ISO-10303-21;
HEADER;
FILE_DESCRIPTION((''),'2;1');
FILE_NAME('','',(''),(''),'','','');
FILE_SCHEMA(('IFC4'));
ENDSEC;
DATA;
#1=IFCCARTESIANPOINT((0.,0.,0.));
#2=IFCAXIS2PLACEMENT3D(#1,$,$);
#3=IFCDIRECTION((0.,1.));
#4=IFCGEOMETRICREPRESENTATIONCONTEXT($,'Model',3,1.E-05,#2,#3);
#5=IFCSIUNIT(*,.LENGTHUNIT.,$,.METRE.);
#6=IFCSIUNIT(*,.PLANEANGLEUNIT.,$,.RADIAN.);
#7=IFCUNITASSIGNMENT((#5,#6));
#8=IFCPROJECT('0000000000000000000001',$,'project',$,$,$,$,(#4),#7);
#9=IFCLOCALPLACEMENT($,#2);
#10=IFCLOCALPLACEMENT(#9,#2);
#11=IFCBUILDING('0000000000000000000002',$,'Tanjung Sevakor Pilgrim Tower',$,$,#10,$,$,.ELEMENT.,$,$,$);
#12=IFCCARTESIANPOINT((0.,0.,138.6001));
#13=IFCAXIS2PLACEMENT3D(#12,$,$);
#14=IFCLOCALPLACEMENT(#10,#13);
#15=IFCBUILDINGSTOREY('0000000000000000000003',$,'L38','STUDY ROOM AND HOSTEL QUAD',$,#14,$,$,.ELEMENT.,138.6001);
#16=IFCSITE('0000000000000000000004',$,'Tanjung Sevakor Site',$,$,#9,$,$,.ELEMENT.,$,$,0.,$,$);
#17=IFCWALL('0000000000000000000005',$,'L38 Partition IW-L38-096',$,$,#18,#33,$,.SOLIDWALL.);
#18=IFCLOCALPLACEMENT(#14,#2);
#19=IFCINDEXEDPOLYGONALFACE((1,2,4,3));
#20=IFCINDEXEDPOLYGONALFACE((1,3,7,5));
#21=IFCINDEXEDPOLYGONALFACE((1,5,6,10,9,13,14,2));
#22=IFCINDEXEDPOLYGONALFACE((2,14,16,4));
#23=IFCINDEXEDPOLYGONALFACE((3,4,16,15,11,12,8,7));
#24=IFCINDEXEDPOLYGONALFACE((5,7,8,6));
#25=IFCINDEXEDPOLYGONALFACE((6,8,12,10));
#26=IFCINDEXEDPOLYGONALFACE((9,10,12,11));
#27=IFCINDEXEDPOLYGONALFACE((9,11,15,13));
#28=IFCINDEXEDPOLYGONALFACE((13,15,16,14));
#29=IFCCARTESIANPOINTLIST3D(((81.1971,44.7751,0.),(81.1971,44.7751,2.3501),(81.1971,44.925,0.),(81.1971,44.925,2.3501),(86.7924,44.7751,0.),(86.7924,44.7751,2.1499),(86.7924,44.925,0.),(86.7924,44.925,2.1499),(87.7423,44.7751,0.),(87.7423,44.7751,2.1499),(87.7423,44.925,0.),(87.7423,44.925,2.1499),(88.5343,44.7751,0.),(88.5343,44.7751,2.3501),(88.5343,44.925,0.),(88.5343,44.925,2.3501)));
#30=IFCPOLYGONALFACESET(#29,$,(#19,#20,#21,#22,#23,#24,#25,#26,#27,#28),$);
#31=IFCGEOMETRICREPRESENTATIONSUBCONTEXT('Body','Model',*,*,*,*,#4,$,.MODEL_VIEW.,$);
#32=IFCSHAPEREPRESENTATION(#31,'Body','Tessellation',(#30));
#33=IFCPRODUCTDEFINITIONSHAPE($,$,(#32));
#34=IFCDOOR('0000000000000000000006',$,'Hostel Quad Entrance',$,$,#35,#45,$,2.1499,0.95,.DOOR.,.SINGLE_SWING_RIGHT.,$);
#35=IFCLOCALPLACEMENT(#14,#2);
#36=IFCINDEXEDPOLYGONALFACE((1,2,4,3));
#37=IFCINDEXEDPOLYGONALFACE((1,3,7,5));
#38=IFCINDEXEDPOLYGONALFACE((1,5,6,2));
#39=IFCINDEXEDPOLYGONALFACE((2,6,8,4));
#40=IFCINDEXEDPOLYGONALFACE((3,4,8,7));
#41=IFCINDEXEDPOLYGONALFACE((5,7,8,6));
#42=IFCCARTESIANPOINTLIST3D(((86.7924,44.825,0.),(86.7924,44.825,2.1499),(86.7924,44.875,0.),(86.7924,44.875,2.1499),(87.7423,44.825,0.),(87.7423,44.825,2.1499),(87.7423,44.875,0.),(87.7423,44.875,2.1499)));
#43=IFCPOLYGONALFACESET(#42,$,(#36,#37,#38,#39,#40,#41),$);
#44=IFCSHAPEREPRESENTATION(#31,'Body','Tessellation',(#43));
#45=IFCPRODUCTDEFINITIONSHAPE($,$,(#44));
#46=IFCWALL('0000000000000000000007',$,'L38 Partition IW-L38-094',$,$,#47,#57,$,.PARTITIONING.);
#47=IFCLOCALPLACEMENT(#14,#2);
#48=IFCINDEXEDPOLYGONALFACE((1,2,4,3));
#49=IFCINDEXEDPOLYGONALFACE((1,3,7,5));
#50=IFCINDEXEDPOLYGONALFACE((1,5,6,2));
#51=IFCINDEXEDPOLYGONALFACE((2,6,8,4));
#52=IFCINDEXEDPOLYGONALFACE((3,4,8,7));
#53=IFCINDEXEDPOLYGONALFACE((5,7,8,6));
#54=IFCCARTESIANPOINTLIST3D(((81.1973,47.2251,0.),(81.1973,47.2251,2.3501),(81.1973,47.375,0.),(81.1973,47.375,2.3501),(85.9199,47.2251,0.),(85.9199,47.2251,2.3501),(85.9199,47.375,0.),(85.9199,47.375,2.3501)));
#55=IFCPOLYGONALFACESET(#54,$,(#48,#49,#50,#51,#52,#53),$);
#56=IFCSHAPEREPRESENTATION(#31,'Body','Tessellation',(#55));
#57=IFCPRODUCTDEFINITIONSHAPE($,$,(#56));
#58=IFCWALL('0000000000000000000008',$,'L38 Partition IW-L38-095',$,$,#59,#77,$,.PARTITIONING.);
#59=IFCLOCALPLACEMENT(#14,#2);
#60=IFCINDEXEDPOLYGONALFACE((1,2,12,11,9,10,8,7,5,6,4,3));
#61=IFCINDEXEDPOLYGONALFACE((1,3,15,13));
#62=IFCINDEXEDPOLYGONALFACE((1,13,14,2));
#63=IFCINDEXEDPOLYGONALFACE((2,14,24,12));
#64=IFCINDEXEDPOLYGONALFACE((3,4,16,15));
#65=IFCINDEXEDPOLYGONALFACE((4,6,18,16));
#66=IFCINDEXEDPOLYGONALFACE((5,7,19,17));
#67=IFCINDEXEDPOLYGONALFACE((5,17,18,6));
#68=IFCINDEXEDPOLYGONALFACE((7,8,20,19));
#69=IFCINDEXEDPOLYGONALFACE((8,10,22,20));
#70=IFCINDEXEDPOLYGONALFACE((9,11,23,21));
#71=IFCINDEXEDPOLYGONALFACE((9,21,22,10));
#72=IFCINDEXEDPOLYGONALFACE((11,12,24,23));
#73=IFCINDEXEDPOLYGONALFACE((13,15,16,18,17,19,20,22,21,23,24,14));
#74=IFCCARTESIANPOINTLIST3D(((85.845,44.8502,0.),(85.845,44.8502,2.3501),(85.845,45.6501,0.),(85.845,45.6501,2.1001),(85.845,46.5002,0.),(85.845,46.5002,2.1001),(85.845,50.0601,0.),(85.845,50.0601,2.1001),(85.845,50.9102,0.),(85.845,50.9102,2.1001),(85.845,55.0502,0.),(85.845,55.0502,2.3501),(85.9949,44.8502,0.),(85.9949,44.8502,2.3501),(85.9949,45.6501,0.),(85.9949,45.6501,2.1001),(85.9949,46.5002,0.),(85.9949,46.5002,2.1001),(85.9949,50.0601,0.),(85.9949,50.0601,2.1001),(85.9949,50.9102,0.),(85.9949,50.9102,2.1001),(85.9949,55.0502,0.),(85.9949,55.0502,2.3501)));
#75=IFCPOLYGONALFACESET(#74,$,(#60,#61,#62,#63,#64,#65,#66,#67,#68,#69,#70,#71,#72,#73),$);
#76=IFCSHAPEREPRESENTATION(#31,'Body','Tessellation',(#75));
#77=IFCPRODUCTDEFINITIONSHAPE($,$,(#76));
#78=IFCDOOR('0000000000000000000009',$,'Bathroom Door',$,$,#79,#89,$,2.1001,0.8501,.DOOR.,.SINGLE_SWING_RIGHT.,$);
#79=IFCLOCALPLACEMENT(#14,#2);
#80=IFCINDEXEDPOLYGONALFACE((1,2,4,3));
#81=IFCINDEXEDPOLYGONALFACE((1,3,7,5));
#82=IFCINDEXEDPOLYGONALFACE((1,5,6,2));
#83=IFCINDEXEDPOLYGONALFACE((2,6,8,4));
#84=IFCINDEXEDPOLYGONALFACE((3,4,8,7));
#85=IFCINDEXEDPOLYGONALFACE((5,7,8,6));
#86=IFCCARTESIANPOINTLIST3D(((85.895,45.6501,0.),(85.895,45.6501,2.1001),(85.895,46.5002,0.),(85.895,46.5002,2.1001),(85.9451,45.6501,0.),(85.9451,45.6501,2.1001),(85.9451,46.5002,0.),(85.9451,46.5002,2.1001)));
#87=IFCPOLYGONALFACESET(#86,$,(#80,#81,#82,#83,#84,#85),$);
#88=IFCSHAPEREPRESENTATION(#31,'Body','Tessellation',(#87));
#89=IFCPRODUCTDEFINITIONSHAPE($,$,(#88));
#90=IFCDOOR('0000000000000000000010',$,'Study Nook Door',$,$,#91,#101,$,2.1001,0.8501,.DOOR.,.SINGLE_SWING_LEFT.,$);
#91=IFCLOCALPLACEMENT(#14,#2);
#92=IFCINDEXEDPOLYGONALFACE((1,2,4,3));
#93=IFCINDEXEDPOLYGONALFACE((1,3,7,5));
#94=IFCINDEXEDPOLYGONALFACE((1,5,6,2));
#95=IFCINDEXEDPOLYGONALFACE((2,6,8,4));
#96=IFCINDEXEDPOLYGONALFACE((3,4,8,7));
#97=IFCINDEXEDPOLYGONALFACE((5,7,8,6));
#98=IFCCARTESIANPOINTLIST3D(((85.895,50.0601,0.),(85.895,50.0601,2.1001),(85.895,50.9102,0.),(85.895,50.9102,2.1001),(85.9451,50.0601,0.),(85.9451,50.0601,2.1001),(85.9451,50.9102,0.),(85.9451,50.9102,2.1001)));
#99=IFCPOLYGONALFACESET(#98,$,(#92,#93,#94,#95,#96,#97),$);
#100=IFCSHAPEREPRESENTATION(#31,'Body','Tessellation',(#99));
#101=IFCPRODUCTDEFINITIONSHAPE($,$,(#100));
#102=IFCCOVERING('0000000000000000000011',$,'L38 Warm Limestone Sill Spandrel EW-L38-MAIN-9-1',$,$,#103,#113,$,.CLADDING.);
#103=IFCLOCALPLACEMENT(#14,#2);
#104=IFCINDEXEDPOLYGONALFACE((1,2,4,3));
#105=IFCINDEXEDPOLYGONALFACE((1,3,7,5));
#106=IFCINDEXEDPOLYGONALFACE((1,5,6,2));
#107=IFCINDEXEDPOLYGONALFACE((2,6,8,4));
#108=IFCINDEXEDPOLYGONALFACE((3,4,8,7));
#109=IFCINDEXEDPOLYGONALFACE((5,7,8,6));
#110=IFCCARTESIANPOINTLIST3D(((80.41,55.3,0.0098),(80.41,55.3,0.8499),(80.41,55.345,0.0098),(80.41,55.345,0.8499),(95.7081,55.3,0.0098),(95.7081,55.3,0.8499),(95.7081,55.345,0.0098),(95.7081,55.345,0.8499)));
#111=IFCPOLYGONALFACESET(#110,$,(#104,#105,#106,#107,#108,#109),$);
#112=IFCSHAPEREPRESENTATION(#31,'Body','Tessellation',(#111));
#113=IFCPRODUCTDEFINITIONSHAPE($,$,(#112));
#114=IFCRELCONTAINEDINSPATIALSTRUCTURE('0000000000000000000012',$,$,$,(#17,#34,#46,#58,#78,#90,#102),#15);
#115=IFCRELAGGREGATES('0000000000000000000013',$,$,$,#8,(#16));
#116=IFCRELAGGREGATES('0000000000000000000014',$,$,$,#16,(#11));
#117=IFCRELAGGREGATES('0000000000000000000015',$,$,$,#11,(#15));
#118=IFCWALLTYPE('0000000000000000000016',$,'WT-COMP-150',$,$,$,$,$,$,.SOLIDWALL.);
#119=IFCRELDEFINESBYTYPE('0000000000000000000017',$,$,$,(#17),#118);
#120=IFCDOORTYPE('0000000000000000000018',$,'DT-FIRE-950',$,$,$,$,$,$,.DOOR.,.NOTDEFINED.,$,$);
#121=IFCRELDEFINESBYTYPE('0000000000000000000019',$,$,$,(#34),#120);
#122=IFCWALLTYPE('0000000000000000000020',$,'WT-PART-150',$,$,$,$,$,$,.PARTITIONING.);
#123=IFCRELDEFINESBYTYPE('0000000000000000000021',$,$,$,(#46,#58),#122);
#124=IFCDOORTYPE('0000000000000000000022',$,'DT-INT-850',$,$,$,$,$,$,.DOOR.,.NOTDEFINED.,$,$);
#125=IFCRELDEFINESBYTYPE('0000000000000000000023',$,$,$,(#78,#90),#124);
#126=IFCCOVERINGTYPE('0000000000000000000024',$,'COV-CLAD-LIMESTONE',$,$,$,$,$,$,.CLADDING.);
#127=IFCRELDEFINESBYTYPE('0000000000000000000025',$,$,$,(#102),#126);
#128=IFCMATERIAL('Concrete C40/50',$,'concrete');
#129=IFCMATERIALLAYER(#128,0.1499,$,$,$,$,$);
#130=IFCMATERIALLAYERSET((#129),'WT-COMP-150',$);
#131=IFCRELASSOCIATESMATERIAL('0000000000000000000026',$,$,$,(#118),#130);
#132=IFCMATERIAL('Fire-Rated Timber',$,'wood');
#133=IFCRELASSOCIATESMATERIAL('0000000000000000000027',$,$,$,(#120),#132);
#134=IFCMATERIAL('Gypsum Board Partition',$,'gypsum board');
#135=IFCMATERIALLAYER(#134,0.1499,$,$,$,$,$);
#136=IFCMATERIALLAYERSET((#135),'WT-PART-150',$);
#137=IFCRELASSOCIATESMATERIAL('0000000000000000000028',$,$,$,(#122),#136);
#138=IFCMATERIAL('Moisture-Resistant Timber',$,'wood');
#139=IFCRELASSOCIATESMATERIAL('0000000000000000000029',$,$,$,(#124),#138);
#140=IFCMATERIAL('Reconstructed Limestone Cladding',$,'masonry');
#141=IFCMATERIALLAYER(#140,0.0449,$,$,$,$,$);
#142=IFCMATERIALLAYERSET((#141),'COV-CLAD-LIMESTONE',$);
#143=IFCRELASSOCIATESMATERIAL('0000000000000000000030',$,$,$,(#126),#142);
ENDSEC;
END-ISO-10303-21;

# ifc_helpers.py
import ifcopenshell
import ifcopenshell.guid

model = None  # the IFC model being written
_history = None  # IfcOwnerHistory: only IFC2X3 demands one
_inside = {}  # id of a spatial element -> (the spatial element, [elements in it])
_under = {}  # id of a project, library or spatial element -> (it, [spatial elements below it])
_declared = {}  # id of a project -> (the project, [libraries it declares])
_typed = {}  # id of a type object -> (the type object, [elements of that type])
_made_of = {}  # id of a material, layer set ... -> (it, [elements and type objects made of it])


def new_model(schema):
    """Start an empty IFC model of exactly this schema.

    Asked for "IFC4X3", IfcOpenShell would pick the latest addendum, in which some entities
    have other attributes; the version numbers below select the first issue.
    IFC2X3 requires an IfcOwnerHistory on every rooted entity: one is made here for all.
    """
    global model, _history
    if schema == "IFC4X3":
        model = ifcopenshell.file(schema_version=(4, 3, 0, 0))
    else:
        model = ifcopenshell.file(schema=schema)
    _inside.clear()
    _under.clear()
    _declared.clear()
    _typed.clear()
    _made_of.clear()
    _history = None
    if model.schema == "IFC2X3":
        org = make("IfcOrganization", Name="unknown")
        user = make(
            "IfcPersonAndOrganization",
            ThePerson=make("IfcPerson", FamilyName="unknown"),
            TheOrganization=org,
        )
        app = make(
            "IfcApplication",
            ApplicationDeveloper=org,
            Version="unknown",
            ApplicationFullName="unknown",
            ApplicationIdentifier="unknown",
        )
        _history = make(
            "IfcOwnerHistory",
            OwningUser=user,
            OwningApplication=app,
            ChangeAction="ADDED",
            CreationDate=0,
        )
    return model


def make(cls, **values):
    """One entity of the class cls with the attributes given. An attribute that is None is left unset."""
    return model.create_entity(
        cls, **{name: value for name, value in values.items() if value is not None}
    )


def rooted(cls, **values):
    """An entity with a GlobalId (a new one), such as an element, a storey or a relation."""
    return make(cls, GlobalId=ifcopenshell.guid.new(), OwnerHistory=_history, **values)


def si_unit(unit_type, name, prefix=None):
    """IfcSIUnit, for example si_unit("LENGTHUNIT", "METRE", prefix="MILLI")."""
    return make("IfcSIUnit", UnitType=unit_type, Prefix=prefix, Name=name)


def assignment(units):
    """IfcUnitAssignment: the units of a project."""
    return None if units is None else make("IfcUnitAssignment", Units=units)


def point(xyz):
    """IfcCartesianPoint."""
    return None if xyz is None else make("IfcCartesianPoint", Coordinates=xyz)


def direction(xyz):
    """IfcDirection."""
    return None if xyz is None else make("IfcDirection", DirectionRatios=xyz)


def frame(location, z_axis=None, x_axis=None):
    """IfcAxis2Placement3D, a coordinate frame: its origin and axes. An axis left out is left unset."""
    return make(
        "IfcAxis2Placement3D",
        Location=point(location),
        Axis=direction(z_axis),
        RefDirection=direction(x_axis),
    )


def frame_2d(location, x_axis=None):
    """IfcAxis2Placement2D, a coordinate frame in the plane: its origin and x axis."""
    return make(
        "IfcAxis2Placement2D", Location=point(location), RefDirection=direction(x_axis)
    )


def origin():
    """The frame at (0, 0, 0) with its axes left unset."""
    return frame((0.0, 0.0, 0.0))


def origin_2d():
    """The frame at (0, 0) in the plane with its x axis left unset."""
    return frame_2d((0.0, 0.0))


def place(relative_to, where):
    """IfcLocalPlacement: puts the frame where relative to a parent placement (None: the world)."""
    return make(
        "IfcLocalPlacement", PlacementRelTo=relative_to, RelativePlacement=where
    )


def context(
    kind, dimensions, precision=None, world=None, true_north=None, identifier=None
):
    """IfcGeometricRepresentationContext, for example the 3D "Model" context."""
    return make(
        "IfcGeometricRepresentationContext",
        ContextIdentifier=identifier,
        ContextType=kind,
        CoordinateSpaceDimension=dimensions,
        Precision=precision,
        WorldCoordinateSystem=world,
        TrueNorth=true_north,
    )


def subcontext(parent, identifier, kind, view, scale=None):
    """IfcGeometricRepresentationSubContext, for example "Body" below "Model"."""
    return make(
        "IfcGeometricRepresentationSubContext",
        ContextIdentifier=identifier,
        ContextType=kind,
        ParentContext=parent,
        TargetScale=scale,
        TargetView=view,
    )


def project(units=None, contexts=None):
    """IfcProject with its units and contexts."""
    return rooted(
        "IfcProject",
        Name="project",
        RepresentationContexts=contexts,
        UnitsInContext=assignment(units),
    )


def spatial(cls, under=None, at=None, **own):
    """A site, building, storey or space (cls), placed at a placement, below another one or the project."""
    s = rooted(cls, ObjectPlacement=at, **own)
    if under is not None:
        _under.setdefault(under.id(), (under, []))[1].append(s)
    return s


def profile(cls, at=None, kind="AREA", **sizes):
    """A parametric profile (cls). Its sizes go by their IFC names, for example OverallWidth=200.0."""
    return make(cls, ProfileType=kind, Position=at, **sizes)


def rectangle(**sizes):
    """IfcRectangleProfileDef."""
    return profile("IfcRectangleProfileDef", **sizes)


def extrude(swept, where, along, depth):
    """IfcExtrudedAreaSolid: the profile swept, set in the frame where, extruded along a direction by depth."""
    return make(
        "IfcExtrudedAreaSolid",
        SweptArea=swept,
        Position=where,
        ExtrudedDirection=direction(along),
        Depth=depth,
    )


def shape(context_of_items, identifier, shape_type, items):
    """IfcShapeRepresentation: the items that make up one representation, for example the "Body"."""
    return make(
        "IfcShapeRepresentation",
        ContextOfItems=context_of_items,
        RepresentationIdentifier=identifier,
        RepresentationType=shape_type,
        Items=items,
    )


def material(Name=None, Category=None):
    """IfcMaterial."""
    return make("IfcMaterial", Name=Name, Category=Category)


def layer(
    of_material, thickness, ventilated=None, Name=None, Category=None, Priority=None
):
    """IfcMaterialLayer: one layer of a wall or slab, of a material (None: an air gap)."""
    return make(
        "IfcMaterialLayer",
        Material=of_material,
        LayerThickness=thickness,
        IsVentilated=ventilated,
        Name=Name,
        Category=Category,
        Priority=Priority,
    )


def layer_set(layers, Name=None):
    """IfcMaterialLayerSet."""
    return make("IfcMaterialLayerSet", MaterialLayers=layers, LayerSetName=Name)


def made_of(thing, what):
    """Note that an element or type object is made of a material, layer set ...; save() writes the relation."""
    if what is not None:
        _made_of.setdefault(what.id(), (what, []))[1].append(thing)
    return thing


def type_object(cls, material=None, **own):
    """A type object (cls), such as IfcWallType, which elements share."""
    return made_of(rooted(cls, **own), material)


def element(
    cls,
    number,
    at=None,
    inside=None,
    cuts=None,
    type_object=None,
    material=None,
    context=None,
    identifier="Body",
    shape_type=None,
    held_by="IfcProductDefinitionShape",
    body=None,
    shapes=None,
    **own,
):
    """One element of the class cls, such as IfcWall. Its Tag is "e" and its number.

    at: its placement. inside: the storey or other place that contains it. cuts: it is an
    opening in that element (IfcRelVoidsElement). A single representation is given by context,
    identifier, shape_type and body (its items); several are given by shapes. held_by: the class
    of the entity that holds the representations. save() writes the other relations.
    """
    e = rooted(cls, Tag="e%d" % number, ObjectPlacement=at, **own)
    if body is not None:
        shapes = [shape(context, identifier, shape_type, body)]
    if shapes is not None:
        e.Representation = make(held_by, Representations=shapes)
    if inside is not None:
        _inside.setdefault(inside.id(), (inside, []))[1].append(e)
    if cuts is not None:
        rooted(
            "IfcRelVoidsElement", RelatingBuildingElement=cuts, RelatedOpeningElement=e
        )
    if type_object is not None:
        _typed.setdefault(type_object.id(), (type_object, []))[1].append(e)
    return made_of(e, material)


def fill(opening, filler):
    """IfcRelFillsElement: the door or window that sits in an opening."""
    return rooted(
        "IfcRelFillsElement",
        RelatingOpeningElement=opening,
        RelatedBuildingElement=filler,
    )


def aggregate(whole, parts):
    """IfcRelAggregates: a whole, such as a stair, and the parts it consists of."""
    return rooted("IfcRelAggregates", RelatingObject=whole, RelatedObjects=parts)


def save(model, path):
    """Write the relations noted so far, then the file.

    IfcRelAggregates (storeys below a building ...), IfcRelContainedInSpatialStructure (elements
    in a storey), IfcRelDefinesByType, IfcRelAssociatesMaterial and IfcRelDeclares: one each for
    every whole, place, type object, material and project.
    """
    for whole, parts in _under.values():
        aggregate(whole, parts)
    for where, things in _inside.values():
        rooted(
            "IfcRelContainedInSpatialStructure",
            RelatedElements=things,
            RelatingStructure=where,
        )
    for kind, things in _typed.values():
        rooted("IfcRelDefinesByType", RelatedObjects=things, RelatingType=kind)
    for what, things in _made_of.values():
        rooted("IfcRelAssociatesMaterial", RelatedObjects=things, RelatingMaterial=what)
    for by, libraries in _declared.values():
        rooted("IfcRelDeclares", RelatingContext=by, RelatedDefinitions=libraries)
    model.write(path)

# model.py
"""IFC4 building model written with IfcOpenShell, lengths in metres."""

from ifc_helpers import new_model, si_unit, direction, frame, frame_2d, origin, origin_2d, place, context, subcontext, project, spatial, rectangle, extrude, material, layer, layer_set, type_object, element, fill, save


model = new_model("IFC4")

# Units and contexts
model_context = context("Model", 3, precision=1e-05, world=origin(), true_north=direction((0.0, 1.0)))
body_context = subcontext(model_context, "Body", "Model", "MODEL_VIEW")
ifc_project = project(units=[si_unit("LENGTHUNIT", "METRE"), si_unit("PLANEANGLEUNIT", "RADIAN")], contexts=[model_context])

# Site, building, storey
site_placement = place(None, origin())
site = spatial("IfcSite", under=ifc_project, at=site_placement, Name="Tanjung Sevakor Site", CompositionType="ELEMENT", RefElevation=0.0)
building_placement = place(site_placement, origin())
building = spatial("IfcBuilding", under=site, at=building_placement, Name="Tanjung Sevakor Pilgrim Tower", CompositionType="ELEMENT")
storey_placement = place(building_placement, frame((0.0, 0.0, 138.6001)))
storey = spatial("IfcBuildingStorey", under=building, at=storey_placement, Name="L38", Description="STUDY ROOM AND HOSTEL QUAD", CompositionType="ELEMENT", Elevation=138.6001)

# Shared definitions
ifc_material_1 = material(Name="Concrete C40/50", Category="concrete")
ifc_layer_1 = layer(ifc_material_1, 0.1499)
ifc_layer_set_1 = layer_set([ifc_layer_1], Name="WT-COMP-150")
wall_type_1 = type_object("IfcWallType", Name="WT-COMP-150", PredefinedType="SOLIDWALL", material=ifc_layer_set_1)

# Wall, opening, door
wall_1_placement = place(storey_placement, frame((81.1973, 44.8501, 0.0), z_axis=(0.0, 0.0, 1.0), x_axis=(1.0, 0.0, 0.0)))
wall_1 = element("IfcWall", 1, at=wall_1_placement, inside=storey, type_object=wall_type_1, Name="L38 Partition IW-L38-096", PredefinedType="SOLIDWALL", context=body_context, shape_type="SweptSolid", body=[
    extrude(rectangle(XDim=7.3372, YDim=0.1499, at=frame_2d((3.6685, 0.0))), origin(), (0.0, 0.0, 1.0), 2.3501),
])
opening_1_placement = place(wall_1_placement, frame((5.595, 0.0, 0.0)))
opening_1 = element("IfcOpeningElement", 2, at=opening_1_placement, cuts=wall_1, PredefinedType="OPENING", context=body_context, shape_type="SweptSolid", body=[
    extrude(rectangle(XDim=0.95, YDim=2.1499, at=frame_2d((0.4751, 1.075))), frame((0.0, 0.085, 0.0), z_axis=(0.0, -1.0, 0.0), x_axis=(1.0, 0.0, 0.0)), (0.0, 0.0, 1.0), 0.1699),
])
ifc_material_2 = material(Name="Fire-Rated Timber", Category="wood")
door_type_1 = type_object("IfcDoorType", Name="DT-FIRE-950", OperationType="NOTDEFINED", PredefinedType="DOOR", material=ifc_material_2)
door_1_placement = place(opening_1_placement, origin())
door_1 = element("IfcDoor", 3, at=door_1_placement, inside=storey, type_object=door_type_1, Name="Hostel Quad Entrance", OperationType="SINGLE_SWING_RIGHT", OverallHeight=2.1499, OverallWidth=0.95, PredefinedType="DOOR", context=body_context, shape_type="SweptSolid", body=[
    extrude(rectangle(XDim=0.95, YDim=2.1499, at=frame_2d((0.4751, 1.075))), frame((0.0, 0.0249, 0.0), z_axis=(0.0, -1.0, 0.0), x_axis=(1.0, 0.0, 0.0)), (0.0, 0.0, 1.0), 0.05),
])
fill(opening_1, door_1)

# Wall
ifc_material_3 = material(Name="Gypsum Board Partition", Category="gypsum board")
ifc_layer_2 = layer(ifc_material_3, 0.1499)
ifc_layer_set_2 = layer_set([ifc_layer_2], Name="WT-PART-150")
wall_type_2 = type_object("IfcWallType", Name="WT-PART-150", PredefinedType="PARTITIONING", material=ifc_layer_set_2)
wall_2_placement = place(storey_placement, frame((81.1973, 47.3, 0.0), z_axis=(0.0, 0.0, 1.0), x_axis=(1.0, 0.0, 0.0)))
element("IfcWall", 4, at=wall_2_placement, inside=storey, type_object=wall_type_2, Name="L38 Partition IW-L38-094", PredefinedType="PARTITIONING", context=body_context, shape_type="SweptSolid", body=[
    extrude(rectangle(XDim=4.7227, YDim=0.1499, at=frame_2d((2.3613, 0.0))), origin(), (0.0, 0.0, 1.0), 2.3501),
])

# Wall, openings, doors
wall_3_placement = place(storey_placement, frame((85.9199, 44.8501, 0.0), z_axis=(0.0, 0.0, 1.0), x_axis=(0.0, 1.0, 0.0)))
wall_3 = element("IfcWall", 5, at=wall_3_placement, inside=storey, type_object=wall_type_2, Name="L38 Partition IW-L38-095", PredefinedType="PARTITIONING", context=body_context, shape_type="SweptSolid", body=[
    extrude(rectangle(XDim=10.2, YDim=0.1499, at=frame_2d((5.1001, 0.0))), origin(), (0.0, 0.0, 1.0), 2.3501),
])
opening_2_placement = place(wall_3_placement, frame((0.8, 0.0, 0.0)))
opening_2 = element("IfcOpeningElement", 6, at=opening_2_placement, cuts=wall_3, PredefinedType="OPENING", context=body_context, shape_type="SweptSolid", body=[
    extrude(rectangle(XDim=0.8501, YDim=2.1001, at=frame_2d((0.425, 1.05))), frame((0.0, 0.085, 0.0), z_axis=(0.0, -1.0, 0.0), x_axis=(1.0, 0.0, 0.0)), (0.0, 0.0, 1.0), 0.1699),
])
opening_3_placement = place(wall_3_placement, frame((5.21, 0.0, 0.0)))
opening_3 = element("IfcOpeningElement", 7, at=opening_3_placement, cuts=wall_3, PredefinedType="OPENING", context=body_context, shape_type="SweptSolid", body=[
    extrude(rectangle(XDim=0.8501, YDim=2.1001, at=frame_2d((0.425, 1.05))), frame((0.0, 0.085, 0.0), z_axis=(0.0, -1.0, 0.0), x_axis=(1.0, 0.0, 0.0)), (0.0, 0.0, 1.0), 0.1699),
])
ifc_material_4 = material(Name="Moisture-Resistant Timber", Category="wood")
door_type_2 = type_object("IfcDoorType", Name="DT-INT-850", OperationType="NOTDEFINED", PredefinedType="DOOR", material=ifc_material_4)
door_2_placement = place(opening_2_placement, origin())
door_2 = element("IfcDoor", 8, at=door_2_placement, inside=storey, type_object=door_type_2, Name="Bathroom Door", OperationType="SINGLE_SWING_RIGHT", OverallHeight=2.1001, OverallWidth=0.8501, PredefinedType="DOOR", context=body_context, shape_type="SweptSolid", body=[
    extrude(rectangle(XDim=0.8501, YDim=2.1001, at=frame_2d((0.425, 1.05))), frame((0.0, 0.0249, 0.0), z_axis=(0.0, -1.0, 0.0), x_axis=(1.0, 0.0, 0.0)), (0.0, 0.0, 1.0), 0.05),
])
fill(opening_2, door_2)
door_3_placement = place(opening_3_placement, origin())
door_3 = element("IfcDoor", 9, at=door_3_placement, inside=storey, type_object=door_type_2, Name="Study Nook Door", OperationType="SINGLE_SWING_LEFT", OverallHeight=2.1001, OverallWidth=0.8501, PredefinedType="DOOR", context=body_context, shape_type="SweptSolid", body=[
    extrude(rectangle(XDim=0.8501, YDim=2.1001, at=frame_2d((0.425, 1.05))), frame((0.0, 0.0249, 0.0), z_axis=(0.0, -1.0, 0.0), x_axis=(1.0, 0.0, 0.0)), (0.0, 0.0, 1.0), 0.05),
])
fill(opening_3, door_3)

# Covering
ifc_material_5 = material(Name="Reconstructed Limestone Cladding", Category="masonry")
ifc_layer_3 = layer(ifc_material_5, 0.0449)
ifc_layer_set_3 = layer_set([ifc_layer_3], Name="COV-CLAD-LIMESTONE")
covering_type = type_object("IfcCoveringType", Name="COV-CLAD-LIMESTONE", PredefinedType="CLADDING", material=ifc_layer_set_3)
covering_placement = place(storey_placement, frame((88.0591, 55.3225, 0.0098), z_axis=(0.0, 0.0, 1.0), x_axis=(-1.0, 0.0, 0.0)))
element("IfcCovering", 10, at=covering_placement, inside=storey, type_object=covering_type, Name="L38 Warm Limestone Sill Spandrel EW-L38-MAIN-9-1", PredefinedType="CLADDING", context=body_context, shape_type="SweptSolid", body=[
    extrude(rectangle(XDim=15.2981, YDim=0.0449, at=origin_2d()), origin(), (0.0, 0.0, 1.0), 0.8401),
])

save(model, "model.ifc")
